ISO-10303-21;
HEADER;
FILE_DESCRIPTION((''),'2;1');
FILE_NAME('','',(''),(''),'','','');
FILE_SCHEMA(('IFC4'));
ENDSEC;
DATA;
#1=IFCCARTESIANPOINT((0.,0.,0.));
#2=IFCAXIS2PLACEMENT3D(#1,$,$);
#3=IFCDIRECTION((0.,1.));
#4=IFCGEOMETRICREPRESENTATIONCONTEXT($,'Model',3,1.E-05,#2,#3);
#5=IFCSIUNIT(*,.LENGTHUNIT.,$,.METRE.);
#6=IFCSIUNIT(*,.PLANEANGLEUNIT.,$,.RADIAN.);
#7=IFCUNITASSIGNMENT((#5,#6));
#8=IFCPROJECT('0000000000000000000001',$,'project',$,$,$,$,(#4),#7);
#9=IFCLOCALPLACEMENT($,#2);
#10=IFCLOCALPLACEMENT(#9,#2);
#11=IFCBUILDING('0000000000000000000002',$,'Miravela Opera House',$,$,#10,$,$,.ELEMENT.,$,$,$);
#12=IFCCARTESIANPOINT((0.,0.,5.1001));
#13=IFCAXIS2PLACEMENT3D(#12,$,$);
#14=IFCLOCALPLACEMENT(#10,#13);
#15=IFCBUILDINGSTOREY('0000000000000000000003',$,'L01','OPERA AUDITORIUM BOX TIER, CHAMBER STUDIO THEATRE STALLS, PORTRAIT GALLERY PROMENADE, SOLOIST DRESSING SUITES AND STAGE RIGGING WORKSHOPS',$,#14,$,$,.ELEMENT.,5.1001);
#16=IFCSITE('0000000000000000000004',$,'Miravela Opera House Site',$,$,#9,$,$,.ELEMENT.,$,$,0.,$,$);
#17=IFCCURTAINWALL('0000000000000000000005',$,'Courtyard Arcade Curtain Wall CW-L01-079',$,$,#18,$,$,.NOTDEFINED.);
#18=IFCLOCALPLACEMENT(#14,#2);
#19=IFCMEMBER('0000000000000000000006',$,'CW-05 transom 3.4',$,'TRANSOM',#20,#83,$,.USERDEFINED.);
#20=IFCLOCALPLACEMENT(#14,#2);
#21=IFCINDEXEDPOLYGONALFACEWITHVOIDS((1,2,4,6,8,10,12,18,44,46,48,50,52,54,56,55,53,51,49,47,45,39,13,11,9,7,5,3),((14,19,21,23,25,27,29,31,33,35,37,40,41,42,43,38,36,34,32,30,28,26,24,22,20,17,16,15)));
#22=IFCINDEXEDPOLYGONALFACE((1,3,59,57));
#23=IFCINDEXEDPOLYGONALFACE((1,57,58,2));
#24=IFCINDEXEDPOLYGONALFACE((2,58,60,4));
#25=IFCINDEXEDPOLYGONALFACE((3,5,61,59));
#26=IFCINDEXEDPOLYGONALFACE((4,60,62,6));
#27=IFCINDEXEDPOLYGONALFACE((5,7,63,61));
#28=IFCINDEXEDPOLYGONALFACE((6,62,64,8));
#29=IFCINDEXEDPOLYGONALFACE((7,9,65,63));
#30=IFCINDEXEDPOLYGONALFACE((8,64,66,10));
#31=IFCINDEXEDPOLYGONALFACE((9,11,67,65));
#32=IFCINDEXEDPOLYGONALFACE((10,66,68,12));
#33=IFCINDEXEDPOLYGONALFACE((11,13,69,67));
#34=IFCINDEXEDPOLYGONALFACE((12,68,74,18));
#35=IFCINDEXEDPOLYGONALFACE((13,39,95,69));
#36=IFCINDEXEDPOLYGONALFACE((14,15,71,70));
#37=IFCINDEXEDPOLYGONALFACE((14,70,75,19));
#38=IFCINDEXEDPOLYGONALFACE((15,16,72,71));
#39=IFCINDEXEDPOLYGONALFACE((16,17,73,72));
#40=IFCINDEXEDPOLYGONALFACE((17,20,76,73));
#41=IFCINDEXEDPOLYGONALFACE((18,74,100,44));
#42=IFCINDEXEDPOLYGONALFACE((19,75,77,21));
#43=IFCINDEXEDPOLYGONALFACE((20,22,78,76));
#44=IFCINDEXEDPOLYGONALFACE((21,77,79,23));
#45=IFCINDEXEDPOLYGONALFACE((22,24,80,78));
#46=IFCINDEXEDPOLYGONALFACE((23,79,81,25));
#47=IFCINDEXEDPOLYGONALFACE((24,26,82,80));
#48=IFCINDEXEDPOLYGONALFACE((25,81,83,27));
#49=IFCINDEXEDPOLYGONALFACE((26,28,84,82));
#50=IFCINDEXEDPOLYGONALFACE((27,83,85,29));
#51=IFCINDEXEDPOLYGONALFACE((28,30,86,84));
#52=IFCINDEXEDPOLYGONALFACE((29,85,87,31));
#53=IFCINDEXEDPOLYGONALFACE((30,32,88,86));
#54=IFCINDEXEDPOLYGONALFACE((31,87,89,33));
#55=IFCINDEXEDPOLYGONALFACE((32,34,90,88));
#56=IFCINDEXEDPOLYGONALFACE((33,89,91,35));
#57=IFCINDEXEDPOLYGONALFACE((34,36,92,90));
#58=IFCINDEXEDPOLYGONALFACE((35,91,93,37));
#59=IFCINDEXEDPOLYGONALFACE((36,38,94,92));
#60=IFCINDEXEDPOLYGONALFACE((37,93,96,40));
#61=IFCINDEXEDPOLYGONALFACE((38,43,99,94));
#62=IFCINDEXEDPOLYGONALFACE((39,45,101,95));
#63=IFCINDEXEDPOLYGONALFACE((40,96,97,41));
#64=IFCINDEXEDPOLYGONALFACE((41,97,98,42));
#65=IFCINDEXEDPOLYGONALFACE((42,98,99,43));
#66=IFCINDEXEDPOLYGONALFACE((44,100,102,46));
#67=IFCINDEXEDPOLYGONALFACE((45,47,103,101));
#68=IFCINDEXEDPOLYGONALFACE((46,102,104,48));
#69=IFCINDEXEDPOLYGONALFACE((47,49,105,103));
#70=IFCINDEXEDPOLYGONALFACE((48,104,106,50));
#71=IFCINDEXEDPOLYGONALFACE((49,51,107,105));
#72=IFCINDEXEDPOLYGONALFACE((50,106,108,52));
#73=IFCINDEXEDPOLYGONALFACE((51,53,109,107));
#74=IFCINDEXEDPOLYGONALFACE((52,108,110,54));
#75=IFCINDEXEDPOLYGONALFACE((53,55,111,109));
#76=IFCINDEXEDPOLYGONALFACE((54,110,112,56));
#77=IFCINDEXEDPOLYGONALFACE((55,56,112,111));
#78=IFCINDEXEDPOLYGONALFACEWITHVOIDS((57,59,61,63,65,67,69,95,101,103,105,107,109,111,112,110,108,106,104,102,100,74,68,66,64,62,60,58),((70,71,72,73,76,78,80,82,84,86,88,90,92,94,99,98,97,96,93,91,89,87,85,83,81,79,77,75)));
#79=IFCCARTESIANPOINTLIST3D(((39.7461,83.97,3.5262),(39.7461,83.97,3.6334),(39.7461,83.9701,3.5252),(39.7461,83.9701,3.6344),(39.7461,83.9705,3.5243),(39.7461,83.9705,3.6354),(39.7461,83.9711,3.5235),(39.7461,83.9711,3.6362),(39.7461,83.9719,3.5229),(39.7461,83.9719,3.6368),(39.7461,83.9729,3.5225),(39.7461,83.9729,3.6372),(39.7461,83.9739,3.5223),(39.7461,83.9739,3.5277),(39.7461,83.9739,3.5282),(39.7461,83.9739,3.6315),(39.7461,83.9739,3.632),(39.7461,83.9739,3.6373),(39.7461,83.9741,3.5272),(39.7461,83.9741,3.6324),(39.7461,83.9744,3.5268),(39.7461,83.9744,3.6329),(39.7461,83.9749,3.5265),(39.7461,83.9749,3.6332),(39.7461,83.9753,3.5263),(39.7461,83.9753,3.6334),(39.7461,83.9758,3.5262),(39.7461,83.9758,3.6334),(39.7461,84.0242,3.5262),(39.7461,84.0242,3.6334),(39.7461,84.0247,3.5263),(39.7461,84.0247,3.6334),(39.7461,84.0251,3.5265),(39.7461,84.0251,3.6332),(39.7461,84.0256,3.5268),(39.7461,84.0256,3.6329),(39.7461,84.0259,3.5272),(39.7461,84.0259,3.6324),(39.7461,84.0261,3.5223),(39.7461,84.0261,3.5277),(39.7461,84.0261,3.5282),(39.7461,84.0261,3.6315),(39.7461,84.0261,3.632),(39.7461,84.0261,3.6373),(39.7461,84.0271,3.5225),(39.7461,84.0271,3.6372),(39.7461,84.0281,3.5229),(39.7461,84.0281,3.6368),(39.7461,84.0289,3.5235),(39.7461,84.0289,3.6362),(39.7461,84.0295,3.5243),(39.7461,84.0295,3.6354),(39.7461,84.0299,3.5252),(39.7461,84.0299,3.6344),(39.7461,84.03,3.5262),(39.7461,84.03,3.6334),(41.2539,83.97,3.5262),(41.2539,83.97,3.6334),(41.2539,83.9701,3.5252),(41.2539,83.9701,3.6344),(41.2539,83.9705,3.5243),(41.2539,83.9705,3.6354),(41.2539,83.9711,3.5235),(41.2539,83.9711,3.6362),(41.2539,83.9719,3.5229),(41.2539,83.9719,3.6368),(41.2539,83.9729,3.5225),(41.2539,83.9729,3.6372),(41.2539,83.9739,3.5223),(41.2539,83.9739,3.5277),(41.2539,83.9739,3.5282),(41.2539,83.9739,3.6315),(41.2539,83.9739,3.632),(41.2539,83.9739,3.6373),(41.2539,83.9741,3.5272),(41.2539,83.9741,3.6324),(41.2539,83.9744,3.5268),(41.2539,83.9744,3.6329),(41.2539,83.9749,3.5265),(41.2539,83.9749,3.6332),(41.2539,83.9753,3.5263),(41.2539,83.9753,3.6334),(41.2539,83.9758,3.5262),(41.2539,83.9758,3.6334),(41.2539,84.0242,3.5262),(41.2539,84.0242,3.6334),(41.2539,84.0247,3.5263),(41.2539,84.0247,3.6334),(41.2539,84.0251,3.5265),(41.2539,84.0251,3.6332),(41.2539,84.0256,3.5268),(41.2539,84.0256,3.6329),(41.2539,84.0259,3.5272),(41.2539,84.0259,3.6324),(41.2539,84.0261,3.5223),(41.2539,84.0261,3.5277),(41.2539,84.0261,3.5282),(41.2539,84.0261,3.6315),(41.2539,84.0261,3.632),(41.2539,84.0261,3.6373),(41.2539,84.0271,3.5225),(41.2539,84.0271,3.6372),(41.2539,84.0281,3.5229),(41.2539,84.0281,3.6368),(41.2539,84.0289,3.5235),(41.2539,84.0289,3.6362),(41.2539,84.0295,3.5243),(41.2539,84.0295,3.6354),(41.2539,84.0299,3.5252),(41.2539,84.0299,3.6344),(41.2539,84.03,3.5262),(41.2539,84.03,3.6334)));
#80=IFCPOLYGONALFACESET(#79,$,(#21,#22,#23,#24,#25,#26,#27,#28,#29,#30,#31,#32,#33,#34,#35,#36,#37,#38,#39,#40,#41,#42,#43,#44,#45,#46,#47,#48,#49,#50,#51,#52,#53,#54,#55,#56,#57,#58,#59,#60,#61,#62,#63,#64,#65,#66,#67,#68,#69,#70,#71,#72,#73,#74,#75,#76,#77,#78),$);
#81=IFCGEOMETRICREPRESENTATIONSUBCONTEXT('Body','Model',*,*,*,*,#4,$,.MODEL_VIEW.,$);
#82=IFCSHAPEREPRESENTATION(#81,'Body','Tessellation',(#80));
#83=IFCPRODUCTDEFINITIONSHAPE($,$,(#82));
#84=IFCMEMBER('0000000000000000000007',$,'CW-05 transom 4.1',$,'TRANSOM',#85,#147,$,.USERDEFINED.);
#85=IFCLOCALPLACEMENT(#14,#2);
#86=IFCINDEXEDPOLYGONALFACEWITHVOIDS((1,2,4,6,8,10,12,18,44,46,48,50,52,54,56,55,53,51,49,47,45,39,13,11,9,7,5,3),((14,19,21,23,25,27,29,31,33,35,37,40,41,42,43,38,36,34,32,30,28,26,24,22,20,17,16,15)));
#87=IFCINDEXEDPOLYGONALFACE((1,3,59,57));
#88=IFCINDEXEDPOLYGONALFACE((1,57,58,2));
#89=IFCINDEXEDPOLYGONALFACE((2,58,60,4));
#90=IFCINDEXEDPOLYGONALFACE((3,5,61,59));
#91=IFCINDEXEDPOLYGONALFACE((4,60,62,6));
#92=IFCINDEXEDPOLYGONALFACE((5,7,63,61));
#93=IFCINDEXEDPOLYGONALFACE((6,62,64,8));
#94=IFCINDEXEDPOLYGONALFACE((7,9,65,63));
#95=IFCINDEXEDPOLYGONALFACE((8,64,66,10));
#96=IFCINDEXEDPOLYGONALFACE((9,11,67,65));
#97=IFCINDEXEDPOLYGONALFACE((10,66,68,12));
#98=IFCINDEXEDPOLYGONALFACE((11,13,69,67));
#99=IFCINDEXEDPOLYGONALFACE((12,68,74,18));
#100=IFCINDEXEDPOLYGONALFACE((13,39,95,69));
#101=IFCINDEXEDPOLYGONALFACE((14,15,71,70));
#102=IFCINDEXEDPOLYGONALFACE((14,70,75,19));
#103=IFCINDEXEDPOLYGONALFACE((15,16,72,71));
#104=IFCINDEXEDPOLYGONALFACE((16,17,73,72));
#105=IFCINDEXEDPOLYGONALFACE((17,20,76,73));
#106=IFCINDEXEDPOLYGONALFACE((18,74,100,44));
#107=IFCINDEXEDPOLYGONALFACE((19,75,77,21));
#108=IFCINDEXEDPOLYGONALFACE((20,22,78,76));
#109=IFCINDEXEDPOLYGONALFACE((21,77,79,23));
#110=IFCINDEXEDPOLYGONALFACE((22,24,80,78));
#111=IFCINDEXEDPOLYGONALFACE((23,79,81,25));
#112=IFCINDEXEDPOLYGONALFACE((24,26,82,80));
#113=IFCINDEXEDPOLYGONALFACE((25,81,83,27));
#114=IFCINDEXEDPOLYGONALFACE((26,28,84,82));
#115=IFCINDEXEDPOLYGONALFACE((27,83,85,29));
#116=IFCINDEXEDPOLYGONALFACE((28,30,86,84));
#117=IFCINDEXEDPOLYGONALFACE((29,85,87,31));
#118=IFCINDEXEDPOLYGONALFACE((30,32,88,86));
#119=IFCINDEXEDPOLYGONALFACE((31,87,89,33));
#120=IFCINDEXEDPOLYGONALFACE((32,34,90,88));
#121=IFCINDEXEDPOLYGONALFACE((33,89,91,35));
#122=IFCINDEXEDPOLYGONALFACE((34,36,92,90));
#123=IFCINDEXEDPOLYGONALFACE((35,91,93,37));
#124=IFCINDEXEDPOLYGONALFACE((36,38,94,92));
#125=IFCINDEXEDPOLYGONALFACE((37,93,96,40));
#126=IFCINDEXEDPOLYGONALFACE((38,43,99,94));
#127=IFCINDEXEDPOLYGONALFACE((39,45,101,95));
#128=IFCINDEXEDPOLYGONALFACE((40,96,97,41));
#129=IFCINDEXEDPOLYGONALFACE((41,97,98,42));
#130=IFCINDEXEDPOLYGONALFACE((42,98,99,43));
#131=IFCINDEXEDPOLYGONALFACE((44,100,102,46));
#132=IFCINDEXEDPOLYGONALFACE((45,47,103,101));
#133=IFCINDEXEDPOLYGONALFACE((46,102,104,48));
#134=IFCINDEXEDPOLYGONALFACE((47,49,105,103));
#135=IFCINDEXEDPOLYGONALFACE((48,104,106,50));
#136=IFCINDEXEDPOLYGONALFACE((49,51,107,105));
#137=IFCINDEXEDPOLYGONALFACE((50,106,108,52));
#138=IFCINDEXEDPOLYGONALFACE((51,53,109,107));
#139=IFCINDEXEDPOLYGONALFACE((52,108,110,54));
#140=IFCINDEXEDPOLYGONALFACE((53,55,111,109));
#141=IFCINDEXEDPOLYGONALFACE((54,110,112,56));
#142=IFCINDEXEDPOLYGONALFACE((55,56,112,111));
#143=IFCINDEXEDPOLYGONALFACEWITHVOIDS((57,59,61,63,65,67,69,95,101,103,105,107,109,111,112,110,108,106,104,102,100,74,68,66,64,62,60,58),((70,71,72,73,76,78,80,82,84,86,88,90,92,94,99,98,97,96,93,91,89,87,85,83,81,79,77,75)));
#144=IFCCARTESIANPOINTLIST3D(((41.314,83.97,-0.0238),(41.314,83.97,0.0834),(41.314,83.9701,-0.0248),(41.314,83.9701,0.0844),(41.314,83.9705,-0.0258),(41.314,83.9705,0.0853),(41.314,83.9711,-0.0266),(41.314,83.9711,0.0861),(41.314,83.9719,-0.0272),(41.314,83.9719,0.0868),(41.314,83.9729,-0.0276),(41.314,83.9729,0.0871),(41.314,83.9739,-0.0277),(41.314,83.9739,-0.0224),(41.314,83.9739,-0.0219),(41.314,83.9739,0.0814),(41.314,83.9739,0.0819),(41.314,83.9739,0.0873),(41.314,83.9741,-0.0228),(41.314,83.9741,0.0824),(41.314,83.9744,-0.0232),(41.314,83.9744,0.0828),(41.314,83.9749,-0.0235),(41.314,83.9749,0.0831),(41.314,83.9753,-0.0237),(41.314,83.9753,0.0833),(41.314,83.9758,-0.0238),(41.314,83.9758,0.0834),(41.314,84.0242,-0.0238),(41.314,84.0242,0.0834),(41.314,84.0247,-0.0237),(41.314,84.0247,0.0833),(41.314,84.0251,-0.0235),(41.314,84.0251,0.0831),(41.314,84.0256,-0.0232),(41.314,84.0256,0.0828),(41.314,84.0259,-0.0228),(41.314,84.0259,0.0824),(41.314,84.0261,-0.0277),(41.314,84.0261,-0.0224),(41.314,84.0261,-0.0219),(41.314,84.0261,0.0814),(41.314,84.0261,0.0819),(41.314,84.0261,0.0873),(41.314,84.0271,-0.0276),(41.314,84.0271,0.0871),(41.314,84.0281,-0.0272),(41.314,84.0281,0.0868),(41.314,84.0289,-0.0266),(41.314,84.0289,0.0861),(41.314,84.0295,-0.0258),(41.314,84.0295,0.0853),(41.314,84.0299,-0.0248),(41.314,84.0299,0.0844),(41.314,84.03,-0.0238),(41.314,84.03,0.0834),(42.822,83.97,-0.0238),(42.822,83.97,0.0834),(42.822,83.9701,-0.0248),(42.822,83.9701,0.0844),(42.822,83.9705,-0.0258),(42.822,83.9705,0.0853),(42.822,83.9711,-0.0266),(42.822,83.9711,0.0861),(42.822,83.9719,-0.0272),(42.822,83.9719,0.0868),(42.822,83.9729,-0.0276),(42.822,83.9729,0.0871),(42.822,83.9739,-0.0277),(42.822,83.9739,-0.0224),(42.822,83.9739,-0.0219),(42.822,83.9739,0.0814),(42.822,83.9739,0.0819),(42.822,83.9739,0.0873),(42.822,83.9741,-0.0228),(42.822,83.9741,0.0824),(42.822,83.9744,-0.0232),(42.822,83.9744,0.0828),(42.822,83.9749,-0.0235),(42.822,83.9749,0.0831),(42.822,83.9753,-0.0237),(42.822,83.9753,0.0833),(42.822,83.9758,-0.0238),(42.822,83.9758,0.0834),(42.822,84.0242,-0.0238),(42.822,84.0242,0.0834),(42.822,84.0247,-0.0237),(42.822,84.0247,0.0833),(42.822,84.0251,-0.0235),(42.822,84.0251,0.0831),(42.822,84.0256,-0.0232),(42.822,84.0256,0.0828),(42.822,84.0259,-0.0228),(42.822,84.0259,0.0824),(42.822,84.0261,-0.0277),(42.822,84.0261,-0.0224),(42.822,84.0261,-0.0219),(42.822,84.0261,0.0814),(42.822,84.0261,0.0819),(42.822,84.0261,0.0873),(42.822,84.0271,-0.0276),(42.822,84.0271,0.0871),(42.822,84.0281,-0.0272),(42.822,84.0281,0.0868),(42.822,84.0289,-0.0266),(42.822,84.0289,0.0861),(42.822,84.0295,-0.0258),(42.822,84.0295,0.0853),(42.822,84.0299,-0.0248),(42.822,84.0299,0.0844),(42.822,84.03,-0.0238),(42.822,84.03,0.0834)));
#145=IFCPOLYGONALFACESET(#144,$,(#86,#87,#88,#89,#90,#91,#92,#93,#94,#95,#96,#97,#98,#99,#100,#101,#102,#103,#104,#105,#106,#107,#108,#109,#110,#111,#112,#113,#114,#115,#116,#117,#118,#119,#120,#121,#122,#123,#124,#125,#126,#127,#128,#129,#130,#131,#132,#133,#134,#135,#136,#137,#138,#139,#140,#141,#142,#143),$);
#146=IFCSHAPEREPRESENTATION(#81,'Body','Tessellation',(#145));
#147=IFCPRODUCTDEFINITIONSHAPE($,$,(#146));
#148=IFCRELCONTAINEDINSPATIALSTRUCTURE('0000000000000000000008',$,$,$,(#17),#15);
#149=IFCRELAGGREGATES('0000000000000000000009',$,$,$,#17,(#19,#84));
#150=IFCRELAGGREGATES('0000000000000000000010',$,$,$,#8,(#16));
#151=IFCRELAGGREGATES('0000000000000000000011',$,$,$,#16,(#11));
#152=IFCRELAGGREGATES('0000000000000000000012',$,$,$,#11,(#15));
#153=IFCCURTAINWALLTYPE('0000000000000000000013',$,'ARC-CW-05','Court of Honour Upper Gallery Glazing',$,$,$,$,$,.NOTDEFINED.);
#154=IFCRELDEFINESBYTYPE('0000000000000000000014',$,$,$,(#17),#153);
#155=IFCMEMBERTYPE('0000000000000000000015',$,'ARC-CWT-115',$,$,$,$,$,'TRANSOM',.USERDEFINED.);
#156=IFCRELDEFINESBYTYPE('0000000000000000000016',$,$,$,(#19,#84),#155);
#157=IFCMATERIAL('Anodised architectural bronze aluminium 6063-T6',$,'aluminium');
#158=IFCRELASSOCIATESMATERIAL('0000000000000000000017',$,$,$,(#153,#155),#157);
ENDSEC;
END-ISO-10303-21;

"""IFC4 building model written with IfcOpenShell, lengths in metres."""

from ifc_helpers import new_model, si_unit, direction, frame, origin, origin_2d, place, context, subcontext, project, spatial, hollow_rectangle, extrude, material, material_profile, profile_set, type_object, element, aggregate, save


model = new_model("IFC4")

# Units and contexts
model_context = context("Model", 3, precision=1e-05, world=origin(), true_north=direction((0.0, 1.0)))
body_context = subcontext(model_context, "Body", "Model", "MODEL_VIEW")
ifc_project = project(units=[si_unit("LENGTHUNIT", "METRE"), si_unit("PLANEANGLEUNIT", "RADIAN")], contexts=[model_context])

# Site, building, storey
site_placement = place(None, origin())
site = spatial("IfcSite", under=ifc_project, at=site_placement, Name="Miravela Opera House Site", CompositionType="ELEMENT", RefElevation=0.0)
building_placement = place(site_placement, origin())
building = spatial("IfcBuilding", under=site, at=building_placement, Name="Miravela Opera House", CompositionType="ELEMENT")
storey_placement = place(building_placement, frame((0.0, 0.0, 5.1001)))
storey = spatial("IfcBuildingStorey", under=building, at=storey_placement, Name="L01", Description="OPERA AUDITORIUM BOX TIER, CHAMBER STUDIO THEATRE STALLS, PORTRAIT GALLERY PROMENADE, SOLOIST DRESSING SUITES AND STAGE RIGGING WORKSHOPS", CompositionType="ELEMENT", Elevation=5.1001)

# Curtain wall, members
ifc_material_1 = material(Name="Anodised architectural bronze aluminium 6063-T6", Category="aluminium")
curtain_wall_type = type_object("IfcCurtainWallType", Name="ARC-CW-05", Description="Court of Honour Upper Gallery Glazing", PredefinedType="NOTDEFINED", material=ifc_material_1)
curtain_wall_placement = place(storey_placement, origin())
curtain_wall = element("IfcCurtainWall", 1, at=curtain_wall_placement, inside=storey, type_object=curtain_wall_type, Name="Courtyard Arcade Curtain Wall CW-L01-079", PredefinedType="NOTDEFINED")
ifc_material_profile_1 = material_profile(ifc_material_1, hollow_rectangle(XDim=0.0601, YDim=0.115, WallThickness=0.0039, InnerFilletRadius=0.002, OuterFilletRadius=0.0039, at=origin_2d()), Name="CWT-60X115")
ifc_profile_set_1 = profile_set([ifc_material_profile_1])
member_type_1 = type_object("IfcMemberType", Name="ARC-CWT-115", ElementType="TRANSOM", PredefinedType="USERDEFINED", material=ifc_profile_set_1)
member_1_placement = place(storey_placement, frame((39.7461, 84.0, 3.5798), z_axis=(1.0, 0.0, 0.0), x_axis=(0.0, 1.0, 0.0)))
member_1 = element("IfcMember", 2, at=member_1_placement, type_object=member_type_1, Name="CW-05 transom 3.4", ObjectType="TRANSOM", PredefinedType="USERDEFINED", context=body_context, shape_type="SweptSolid", body=[
    extrude(hollow_rectangle(XDim=0.0601, YDim=0.115, WallThickness=0.0039, InnerFilletRadius=0.002, OuterFilletRadius=0.0039, at=origin_2d()), origin(), (0.0, 0.0, 1.0), 1.5078),
])
member_2_placement = place(storey_placement, frame((41.314, 84.0, 0.0298), z_axis=(1.0, 0.0, 0.0), x_axis=(0.0, 1.0, 0.0)))
member_2 = element("IfcMember", 3, at=member_2_placement, type_object=member_type_1, Name="CW-05 transom 4.1", ObjectType="TRANSOM", PredefinedType="USERDEFINED", context=body_context, shape_type="SweptSolid", body=[
    extrude(hollow_rectangle(XDim=0.0601, YDim=0.115, WallThickness=0.0039, InnerFilletRadius=0.002, OuterFilletRadius=0.0039, at=origin_2d()), origin(), (0.0, 0.0, 1.0), 1.5081),
])
aggregate(curtain_wall, [member_1, member_2])

save(model, "model.ifc")
